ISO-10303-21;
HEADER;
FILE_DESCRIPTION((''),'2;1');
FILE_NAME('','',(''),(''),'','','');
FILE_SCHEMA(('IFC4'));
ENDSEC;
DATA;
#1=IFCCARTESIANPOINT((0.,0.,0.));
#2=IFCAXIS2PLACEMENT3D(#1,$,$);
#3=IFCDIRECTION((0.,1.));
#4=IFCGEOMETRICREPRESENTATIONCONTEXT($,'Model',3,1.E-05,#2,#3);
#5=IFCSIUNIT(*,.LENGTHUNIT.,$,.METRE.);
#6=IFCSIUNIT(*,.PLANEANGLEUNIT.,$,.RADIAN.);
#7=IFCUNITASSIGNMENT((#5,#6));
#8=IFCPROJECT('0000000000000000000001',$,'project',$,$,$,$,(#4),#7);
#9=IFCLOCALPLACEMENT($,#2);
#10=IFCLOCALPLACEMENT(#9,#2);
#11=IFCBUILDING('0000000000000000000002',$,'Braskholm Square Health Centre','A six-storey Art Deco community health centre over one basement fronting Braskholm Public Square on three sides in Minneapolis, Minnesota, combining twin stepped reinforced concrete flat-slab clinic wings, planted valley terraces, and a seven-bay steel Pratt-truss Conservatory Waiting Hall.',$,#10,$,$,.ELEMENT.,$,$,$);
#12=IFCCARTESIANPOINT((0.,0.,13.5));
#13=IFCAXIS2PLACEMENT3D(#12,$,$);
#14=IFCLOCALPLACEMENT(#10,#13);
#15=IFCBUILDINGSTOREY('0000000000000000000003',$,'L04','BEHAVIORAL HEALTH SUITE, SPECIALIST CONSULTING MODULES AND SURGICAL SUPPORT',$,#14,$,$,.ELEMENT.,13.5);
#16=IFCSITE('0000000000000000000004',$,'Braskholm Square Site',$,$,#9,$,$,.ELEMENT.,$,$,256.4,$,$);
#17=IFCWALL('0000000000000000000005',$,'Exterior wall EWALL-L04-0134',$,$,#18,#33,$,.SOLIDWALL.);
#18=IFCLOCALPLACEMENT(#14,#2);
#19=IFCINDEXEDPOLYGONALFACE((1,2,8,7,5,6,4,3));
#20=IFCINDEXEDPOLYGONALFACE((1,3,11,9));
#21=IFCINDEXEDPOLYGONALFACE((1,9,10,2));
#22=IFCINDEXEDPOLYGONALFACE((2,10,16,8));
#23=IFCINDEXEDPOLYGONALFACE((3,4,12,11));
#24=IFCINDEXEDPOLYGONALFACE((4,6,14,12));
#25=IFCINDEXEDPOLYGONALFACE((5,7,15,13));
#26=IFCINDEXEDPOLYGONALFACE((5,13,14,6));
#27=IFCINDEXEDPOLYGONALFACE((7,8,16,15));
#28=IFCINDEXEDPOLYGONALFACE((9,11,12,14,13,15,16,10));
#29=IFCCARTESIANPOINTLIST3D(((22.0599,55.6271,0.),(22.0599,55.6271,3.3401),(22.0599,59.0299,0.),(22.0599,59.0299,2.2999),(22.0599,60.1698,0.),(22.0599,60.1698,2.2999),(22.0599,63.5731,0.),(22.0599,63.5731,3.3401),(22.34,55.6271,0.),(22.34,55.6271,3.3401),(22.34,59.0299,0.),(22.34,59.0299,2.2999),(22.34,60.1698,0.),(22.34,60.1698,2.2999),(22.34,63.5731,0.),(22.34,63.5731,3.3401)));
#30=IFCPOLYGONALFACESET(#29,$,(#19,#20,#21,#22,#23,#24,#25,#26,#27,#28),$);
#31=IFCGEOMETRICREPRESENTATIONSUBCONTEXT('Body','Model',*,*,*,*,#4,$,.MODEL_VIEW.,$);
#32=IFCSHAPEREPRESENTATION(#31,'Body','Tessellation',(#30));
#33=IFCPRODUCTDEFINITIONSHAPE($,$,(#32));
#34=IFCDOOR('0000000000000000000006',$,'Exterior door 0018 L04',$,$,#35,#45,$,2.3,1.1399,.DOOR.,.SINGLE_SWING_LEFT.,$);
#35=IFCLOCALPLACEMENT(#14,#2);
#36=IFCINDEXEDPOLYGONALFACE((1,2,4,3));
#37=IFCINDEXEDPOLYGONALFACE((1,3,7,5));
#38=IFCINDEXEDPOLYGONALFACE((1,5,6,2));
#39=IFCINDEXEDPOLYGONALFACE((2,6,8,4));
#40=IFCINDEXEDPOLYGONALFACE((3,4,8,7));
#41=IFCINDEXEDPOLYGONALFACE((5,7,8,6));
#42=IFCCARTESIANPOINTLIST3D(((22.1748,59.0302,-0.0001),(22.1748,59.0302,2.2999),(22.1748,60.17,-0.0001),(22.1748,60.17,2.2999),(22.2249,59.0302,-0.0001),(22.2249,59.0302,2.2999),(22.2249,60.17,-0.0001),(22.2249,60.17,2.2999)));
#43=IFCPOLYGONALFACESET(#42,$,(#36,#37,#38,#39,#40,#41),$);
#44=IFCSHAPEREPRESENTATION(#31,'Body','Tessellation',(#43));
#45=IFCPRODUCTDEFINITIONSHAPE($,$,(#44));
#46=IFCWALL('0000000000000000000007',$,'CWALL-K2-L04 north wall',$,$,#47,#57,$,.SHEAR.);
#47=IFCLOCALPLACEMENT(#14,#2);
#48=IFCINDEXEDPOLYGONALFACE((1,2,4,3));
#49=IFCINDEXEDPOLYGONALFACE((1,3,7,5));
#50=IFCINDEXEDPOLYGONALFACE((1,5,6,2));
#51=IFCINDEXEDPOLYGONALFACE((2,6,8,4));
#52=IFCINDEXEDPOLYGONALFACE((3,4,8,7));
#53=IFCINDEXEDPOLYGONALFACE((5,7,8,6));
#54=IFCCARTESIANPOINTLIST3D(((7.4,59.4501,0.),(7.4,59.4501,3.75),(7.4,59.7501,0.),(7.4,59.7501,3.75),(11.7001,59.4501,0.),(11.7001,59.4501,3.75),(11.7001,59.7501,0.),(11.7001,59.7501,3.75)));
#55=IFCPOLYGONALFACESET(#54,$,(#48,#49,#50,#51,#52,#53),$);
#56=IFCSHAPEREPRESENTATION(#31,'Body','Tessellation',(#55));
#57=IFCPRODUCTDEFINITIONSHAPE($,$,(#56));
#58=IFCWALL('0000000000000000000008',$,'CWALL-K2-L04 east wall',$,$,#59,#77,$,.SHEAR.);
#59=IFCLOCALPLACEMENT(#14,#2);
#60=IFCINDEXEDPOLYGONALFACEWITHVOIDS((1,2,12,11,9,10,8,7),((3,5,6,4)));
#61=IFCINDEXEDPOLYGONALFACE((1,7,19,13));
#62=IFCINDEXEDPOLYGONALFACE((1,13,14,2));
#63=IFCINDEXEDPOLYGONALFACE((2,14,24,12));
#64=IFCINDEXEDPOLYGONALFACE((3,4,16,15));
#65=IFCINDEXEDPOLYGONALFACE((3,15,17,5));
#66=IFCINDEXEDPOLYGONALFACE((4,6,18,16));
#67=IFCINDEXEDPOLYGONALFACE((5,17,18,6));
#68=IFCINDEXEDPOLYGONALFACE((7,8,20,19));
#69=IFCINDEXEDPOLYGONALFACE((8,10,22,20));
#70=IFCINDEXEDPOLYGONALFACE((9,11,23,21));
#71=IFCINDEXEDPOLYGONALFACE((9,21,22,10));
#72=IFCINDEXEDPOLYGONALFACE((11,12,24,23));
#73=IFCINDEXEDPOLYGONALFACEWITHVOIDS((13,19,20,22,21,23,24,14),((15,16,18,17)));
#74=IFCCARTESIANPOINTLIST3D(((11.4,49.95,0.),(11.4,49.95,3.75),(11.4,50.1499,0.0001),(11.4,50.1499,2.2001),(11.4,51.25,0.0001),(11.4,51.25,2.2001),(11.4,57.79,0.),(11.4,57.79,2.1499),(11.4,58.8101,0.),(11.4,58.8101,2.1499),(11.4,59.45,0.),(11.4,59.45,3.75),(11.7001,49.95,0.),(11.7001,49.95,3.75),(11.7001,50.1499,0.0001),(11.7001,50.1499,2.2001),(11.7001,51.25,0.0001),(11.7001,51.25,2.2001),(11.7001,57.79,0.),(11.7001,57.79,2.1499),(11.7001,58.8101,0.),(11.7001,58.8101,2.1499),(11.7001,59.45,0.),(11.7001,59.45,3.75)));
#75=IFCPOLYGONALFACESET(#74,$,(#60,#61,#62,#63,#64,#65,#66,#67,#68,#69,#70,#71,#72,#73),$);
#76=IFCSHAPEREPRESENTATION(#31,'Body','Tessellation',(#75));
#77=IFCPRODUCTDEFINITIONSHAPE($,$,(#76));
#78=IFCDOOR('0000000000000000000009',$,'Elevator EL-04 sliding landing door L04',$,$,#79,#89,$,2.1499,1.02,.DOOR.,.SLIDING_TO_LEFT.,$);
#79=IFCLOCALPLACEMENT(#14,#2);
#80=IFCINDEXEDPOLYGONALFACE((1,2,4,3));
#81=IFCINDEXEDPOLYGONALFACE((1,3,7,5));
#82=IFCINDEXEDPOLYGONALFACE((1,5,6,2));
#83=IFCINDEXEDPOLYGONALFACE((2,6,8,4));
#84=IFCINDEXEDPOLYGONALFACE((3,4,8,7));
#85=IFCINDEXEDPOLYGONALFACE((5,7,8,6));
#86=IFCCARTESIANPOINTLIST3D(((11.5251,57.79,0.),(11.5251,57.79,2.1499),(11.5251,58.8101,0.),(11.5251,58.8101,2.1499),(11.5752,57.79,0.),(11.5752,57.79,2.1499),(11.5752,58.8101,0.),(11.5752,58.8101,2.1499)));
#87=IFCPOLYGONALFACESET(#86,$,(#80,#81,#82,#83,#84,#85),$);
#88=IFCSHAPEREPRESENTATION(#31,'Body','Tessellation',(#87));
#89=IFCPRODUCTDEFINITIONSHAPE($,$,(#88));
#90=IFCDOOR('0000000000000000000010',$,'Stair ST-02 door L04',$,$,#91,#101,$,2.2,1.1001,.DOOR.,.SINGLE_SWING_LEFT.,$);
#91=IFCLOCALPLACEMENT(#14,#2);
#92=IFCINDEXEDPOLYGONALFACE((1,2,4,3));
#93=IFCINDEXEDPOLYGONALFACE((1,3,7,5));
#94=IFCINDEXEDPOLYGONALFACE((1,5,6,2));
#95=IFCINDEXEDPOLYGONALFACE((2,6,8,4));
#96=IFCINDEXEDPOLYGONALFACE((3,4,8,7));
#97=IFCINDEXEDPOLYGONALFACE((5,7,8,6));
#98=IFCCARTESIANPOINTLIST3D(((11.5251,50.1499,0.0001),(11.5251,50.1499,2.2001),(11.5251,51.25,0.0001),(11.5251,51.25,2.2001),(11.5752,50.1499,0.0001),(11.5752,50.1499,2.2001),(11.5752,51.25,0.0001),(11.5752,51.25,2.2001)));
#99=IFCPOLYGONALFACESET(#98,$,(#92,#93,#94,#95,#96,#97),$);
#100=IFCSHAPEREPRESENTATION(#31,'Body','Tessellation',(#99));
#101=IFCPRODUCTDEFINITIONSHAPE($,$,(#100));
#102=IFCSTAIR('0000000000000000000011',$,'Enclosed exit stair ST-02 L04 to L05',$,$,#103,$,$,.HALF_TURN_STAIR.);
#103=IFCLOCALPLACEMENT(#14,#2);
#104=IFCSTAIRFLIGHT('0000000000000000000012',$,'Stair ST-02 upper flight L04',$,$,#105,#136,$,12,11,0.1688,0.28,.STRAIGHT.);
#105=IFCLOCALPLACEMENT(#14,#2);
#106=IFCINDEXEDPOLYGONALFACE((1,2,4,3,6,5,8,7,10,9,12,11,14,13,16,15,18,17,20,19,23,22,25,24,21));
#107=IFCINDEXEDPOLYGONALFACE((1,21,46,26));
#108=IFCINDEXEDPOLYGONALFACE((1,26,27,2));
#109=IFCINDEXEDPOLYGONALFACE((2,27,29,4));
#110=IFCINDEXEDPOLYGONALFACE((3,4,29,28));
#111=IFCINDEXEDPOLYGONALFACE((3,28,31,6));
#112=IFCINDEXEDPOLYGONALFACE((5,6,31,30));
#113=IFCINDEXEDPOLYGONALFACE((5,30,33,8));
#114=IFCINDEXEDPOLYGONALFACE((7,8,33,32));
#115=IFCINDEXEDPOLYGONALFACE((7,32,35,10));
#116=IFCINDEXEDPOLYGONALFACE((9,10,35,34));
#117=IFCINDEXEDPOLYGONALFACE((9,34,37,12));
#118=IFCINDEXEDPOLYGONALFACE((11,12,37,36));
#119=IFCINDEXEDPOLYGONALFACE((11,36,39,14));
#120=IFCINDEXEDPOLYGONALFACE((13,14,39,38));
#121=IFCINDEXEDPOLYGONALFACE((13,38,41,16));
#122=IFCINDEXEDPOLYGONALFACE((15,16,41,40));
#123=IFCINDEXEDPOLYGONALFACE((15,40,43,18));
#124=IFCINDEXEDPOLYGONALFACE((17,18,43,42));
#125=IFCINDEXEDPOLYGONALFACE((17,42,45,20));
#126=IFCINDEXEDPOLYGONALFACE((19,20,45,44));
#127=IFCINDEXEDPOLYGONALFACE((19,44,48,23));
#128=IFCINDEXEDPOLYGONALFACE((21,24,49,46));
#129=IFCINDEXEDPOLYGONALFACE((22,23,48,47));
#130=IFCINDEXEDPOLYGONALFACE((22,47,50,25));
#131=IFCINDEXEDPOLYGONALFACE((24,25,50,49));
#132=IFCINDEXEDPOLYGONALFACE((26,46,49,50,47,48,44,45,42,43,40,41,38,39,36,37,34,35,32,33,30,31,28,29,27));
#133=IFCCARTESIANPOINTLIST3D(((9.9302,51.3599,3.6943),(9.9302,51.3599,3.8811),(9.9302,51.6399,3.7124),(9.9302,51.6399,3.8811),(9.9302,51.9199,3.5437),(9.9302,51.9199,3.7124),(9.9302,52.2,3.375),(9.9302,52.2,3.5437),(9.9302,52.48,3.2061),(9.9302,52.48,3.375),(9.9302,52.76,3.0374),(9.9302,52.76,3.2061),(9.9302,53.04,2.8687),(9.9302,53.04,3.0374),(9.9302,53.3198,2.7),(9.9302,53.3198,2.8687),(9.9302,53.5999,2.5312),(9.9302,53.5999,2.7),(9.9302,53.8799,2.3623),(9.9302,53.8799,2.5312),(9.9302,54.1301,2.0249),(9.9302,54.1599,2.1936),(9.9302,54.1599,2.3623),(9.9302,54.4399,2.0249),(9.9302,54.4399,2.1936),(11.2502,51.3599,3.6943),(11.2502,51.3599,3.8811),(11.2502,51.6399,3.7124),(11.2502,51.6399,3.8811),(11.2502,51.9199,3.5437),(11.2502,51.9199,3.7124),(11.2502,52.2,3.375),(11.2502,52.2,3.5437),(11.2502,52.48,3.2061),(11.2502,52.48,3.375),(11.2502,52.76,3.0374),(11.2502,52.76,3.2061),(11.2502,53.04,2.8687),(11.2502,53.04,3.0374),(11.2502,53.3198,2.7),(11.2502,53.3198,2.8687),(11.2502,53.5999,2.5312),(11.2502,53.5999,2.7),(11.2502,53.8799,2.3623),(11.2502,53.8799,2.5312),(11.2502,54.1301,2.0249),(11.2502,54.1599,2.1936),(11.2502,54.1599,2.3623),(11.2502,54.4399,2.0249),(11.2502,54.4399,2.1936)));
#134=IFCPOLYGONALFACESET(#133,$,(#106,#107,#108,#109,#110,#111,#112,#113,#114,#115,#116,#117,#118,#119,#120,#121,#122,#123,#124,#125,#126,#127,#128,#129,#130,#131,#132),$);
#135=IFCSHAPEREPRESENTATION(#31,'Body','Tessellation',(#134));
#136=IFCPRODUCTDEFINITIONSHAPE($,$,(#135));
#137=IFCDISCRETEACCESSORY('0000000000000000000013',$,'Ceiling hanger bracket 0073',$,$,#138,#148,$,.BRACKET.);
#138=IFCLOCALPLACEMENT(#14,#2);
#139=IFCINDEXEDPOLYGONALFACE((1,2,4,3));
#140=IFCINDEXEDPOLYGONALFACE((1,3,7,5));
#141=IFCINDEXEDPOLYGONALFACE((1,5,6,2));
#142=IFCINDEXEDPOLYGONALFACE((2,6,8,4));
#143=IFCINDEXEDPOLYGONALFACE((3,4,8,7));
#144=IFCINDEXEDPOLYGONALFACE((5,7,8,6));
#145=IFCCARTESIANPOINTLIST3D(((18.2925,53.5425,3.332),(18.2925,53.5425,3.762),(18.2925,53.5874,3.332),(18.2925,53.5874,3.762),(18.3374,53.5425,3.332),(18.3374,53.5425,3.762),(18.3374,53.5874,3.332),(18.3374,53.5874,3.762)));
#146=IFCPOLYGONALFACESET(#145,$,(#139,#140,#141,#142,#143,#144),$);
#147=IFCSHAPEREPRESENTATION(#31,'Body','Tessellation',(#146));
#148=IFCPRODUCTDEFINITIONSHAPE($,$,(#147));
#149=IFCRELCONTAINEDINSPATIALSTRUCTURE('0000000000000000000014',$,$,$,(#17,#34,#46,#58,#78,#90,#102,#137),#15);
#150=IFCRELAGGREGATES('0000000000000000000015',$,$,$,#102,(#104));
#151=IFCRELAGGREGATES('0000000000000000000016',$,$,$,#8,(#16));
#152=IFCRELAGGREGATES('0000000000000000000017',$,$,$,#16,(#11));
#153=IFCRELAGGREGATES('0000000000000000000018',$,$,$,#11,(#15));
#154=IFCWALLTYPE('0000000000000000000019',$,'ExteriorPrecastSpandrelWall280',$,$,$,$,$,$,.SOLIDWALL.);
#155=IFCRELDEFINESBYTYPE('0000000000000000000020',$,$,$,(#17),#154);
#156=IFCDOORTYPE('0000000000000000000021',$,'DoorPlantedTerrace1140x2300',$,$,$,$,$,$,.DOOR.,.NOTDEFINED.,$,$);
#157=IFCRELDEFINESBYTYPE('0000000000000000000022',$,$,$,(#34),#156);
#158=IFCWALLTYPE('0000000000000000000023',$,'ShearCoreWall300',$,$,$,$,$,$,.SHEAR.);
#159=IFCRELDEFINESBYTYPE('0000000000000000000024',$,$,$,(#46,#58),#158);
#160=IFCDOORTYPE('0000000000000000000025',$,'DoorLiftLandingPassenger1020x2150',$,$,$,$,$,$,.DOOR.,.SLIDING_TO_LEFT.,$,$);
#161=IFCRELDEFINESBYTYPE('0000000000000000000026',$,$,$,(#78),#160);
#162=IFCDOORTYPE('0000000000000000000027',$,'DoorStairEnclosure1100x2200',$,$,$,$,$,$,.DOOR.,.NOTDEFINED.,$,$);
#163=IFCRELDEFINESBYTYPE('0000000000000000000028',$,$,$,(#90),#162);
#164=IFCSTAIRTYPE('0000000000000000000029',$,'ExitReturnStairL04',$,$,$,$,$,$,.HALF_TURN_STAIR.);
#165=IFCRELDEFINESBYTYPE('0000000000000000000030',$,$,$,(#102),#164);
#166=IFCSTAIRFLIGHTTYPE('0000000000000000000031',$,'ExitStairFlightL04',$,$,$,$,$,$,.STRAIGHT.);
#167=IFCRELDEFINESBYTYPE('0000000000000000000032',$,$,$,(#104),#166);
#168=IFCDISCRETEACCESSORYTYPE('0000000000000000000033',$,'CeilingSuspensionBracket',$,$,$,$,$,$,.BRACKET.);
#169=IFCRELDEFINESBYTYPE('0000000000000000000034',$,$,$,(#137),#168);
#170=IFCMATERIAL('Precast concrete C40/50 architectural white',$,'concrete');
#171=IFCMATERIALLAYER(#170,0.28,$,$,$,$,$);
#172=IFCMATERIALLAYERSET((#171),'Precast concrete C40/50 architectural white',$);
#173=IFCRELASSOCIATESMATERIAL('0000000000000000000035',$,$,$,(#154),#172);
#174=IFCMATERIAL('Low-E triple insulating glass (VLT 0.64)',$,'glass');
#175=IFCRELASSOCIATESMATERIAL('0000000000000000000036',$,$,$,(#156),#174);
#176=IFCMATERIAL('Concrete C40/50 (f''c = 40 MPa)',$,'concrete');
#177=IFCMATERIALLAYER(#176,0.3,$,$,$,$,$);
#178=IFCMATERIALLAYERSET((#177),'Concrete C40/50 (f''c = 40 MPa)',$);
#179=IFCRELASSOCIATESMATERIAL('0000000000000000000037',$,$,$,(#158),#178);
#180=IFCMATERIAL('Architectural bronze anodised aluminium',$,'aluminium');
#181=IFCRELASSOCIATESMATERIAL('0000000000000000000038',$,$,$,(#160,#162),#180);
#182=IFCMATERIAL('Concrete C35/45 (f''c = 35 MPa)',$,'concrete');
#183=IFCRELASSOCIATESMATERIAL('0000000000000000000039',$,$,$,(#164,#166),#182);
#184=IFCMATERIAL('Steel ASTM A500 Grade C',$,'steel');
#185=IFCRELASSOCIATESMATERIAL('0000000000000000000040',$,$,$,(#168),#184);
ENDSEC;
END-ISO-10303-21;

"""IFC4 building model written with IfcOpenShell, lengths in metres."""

from ifc_helpers import new_model, si_unit, direction, frame, frame_2d, origin, origin_with_axes, origin_2d, place, context, subcontext, project, spatial, polyline, rectangle, outline, extrude, material, layer, layer_set, type_object, element, fill, aggregate, save


model = new_model("IFC4")

# Units and contexts
model_context = context("Model", 3, precision=1e-05, world=origin(), true_north=direction((0.0, 1.0)))
body_context = subcontext(model_context, "Body", "Model", "MODEL_VIEW")
ifc_project = project(units=[si_unit("LENGTHUNIT", "METRE"), si_unit("PLANEANGLEUNIT", "RADIAN")], contexts=[model_context])

# Site, building, storey
site_placement = place(None, origin())
site = spatial("IfcSite", under=ifc_project, at=site_placement, Name="Braskholm Square Site", CompositionType="ELEMENT", RefElevation=256.4)
building_placement = place(site_placement, origin())
building = spatial("IfcBuilding", under=site, at=building_placement, Name="Braskholm Square Health Centre", Description="A six-storey Art Deco community health centre over one basement fronting Braskholm Public Square on three sides in Minneapolis, Minnesota, combining twin stepped reinforced concrete flat-slab clinic wings, planted valley terraces, and a seven-bay steel Pratt-truss Conservatory Waiting Hall.", CompositionType="ELEMENT")
storey_placement = place(building_placement, frame((0.0, 0.0, 13.5)))
storey = spatial("IfcBuildingStorey", under=building, at=storey_placement, Name="L04", Description="BEHAVIORAL HEALTH SUITE, SPECIALIST CONSULTING MODULES AND SURGICAL SUPPORT", CompositionType="ELEMENT", Elevation=13.5)

# Shared definitions
ifc_material_1 = material(Name="Concrete C40/50 (f'c = 40 MPa)", Category="concrete")

# Shared definitions
ifc_material_2 = material(Name="Concrete C35/45 (f'c = 35 MPa)", Category="concrete")
ifc_material_3 = material(Name="Precast concrete C40/50 architectural white", Category="concrete")

# Wall, opening, door
ifc_material_4 = material(Name="Architectural bronze anodised aluminium", Category="aluminium")
ifc_layer_1 = layer(ifc_material_3, 0.28)
ifc_layer_set_1 = layer_set([ifc_layer_1], Name="Precast concrete C40/50 architectural white")
wall_type_1 = type_object("IfcWallType", Name="ExteriorPrecastSpandrelWall280", PredefinedType="SOLIDWALL", material=ifc_layer_set_1)
wall_1_placement = place(storey_placement, frame((22.2, 55.627, 0.0), z_axis=(0.0, 0.0, 1.0), x_axis=(0.0, 1.0, 0.0)))
wall_1 = element("IfcWall", 1, at=wall_1_placement, inside=storey, type_object=wall_type_1, Name="Exterior wall EWALL-L04-0134", PredefinedType="SOLIDWALL", context=body_context, shape_type="SweptSolid", body=[
    extrude(rectangle(XDim=7.946, YDim=0.28, at=frame_2d((3.9731, 0.0))), origin(), (0.0, 0.0, 1.0), 3.3401),
])
opening_1_placement = place(wall_1_placement, frame((3.4031, 0.0, 0.0)))
opening_1 = element("IfcOpeningElement", 2, at=opening_1_placement, cuts=wall_1, PredefinedType="OPENING", context=body_context, shape_type="SweptSolid", body=[
    extrude(rectangle(XDim=1.1399, YDim=2.3, at=frame_2d((0.5698, 1.1499))), frame((0.0, 0.1499, 0.0), z_axis=(0.0, -1.0, 0.0), x_axis=(1.0, 0.0, 0.0)), (0.0, 0.0, 1.0), 0.3),
])
ifc_material_5 = material(Name="Low-E triple insulating glass (VLT 0.64)", Category="glass")
door_type_1 = type_object("IfcDoorType", Name="DoorPlantedTerrace1140x2300", OperationType="NOTDEFINED", PredefinedType="DOOR", material=ifc_material_5)
door_1_placement = place(opening_1_placement, frame((1.1399, 0.0, 0.0), z_axis=(0.0, 0.0, 1.0), x_axis=(-1.0, 0.0, 0.0)))
door_1 = element("IfcDoor", 3, at=door_1_placement, inside=storey, type_object=door_type_1, Name="Exterior door 0018 L04", OperationType="SINGLE_SWING_LEFT", OverallHeight=2.3, OverallWidth=1.1399, PredefinedType="DOOR", context=body_context, shape_type="SweptSolid", body=[
    extrude(rectangle(XDim=1.1399, YDim=2.3, at=frame_2d((0.5698, 1.1499))), frame((0.0, 0.0249, 0.0), z_axis=(0.0, -1.0, 0.0), x_axis=(1.0, 0.0, 0.0)), (0.0, 0.0, 1.0), 0.05),
])
fill(opening_1, door_1)

# Wall
ifc_layer_2 = layer(ifc_material_1, 0.3)
ifc_layer_set_2 = layer_set([ifc_layer_2], Name="Concrete C40/50 (f'c = 40 MPa)")
wall_type_2 = type_object("IfcWallType", Name="ShearCoreWall300", PredefinedType="SHEAR", material=ifc_layer_set_2)
wall_2_placement = place(storey_placement, frame((11.7, 59.6001, 0.0), z_axis=(0.0, 0.0, 1.0), x_axis=(-1.0, 0.0, 0.0)))
element("IfcWall", 4, at=wall_2_placement, inside=storey, type_object=wall_type_2, Name="CWALL-K2-L04 north wall", PredefinedType="SHEAR", context=body_context, shape_type="SweptSolid", body=[
    extrude(rectangle(XDim=4.3, YDim=0.3, at=frame_2d((2.1499, 0.0))), origin(), (0.0, 0.0, 1.0), 3.75),
])

# Wall, openings, doors
wall_3_placement = place(storey_placement, frame((11.55, 49.95, 0.0), z_axis=(0.0, 0.0, 1.0), x_axis=(0.0, 1.0, 0.0)))
wall_3 = element("IfcWall", 5, at=wall_3_placement, inside=storey, type_object=wall_type_2, Name="CWALL-K2-L04 east wall", PredefinedType="SHEAR", context=body_context, shape_type="SweptSolid", body=[
    extrude(rectangle(XDim=9.5, YDim=0.3, at=frame_2d((4.75, 0.0))), origin(), (0.0, 0.0, 1.0), 3.75),
])
opening_2_placement = place(wall_3_placement, frame((0.2, 0.0, 0.0)))
opening_2 = element("IfcOpeningElement", 6, at=opening_2_placement, cuts=wall_3, PredefinedType="OPENING", context=body_context, shape_type="SweptSolid", body=[
    extrude(rectangle(XDim=1.1001, YDim=2.2, at=frame_2d((0.55, 1.1001))), frame((0.0, 0.1602, 0.0), z_axis=(0.0, -1.0, 0.0), x_axis=(1.0, 0.0, 0.0)), (0.0, 0.0, 1.0), 0.3201),
])
opening_3_placement = place(wall_3_placement, frame((7.8401, 0.0, 0.0)))
opening_3 = element("IfcOpeningElement", 7, at=opening_3_placement, cuts=wall_3, PredefinedType="OPENING", context=body_context, shape_type="SweptSolid", body=[
    extrude(rectangle(XDim=1.02, YDim=2.1499, at=frame_2d((0.51, 1.075))), frame((0.0, 0.1602, 0.0), z_axis=(0.0, -1.0, 0.0), x_axis=(1.0, 0.0, 0.0)), (0.0, 0.0, 1.0), 0.3201),
])
door_type_2 = type_object("IfcDoorType", Name="DoorLiftLandingPassenger1020x2150", OperationType="SLIDING_TO_LEFT", PredefinedType="DOOR", material=ifc_material_4)
door_2_placement = place(opening_3_placement, origin_with_axes())
door_2 = element("IfcDoor", 8, at=door_2_placement, inside=storey, type_object=door_type_2, Name="Elevator EL-04 sliding landing door L04", OperationType="SLIDING_TO_LEFT", OverallHeight=2.1499, OverallWidth=1.02, PredefinedType="DOOR", context=body_context, shape_type="SweptSolid", body=[
    extrude(rectangle(XDim=1.02, YDim=2.1499, at=frame_2d((0.51, 1.075))), frame((0.0, 0.0249, 0.0), z_axis=(0.0, -1.0, 0.0), x_axis=(1.0, 0.0, 0.0)), (0.0, 0.0, 1.0), 0.05),
])
fill(opening_3, door_2)
door_type_3 = type_object("IfcDoorType", Name="DoorStairEnclosure1100x2200", OperationType="NOTDEFINED", PredefinedType="DOOR", material=ifc_material_4)
door_3_placement = place(opening_2_placement, origin_with_axes())
door_3 = element("IfcDoor", 9, at=door_3_placement, inside=storey, type_object=door_type_3, Name="Stair ST-02 door L04", OperationType="SINGLE_SWING_LEFT", OverallHeight=2.2, OverallWidth=1.1001, PredefinedType="DOOR", context=body_context, shape_type="SweptSolid", body=[
    extrude(rectangle(XDim=1.1001, YDim=2.2, at=frame_2d((0.55, 1.1001))), frame((0.0, 0.0249, 0.0), z_axis=(0.0, -1.0, 0.0), x_axis=(1.0, 0.0, 0.0)), (0.0, 0.0, 1.0), 0.05),
])
fill(opening_2, door_3)

# Stair, stair flight
stair_type = type_object("IfcStairType", Name="ExitReturnStairL04", PredefinedType="HALF_TURN_STAIR", material=ifc_material_2)
stair_placement = place(storey_placement, origin())
stair = element("IfcStair", 10, at=stair_placement, inside=storey, type_object=stair_type, Name="Enclosed exit stair ST-02 L04 to L05", PredefinedType="HALF_TURN_STAIR")
stair_flight_type = type_object("IfcStairFlightType", Name="ExitStairFlightL04", PredefinedType="STRAIGHT", material=ifc_material_2)
stair_flight_placement = place(storey_placement, frame((10.5901, 54.4399, 2.0249), z_axis=(0.0, 0.0, 1.0), x_axis=(0.0, -1.0, 0.0)))
stair_flight = element("IfcStairFlight", 11, at=stair_flight_placement, type_object=stair_flight_type, Name="Stair ST-02 upper flight L04", NumberOfRisers=12, NumberOfTreads=11, PredefinedType="STRAIGHT", RiserHeight=0.1688, TreadLength=0.28, context=body_context, shape_type="SweptSolid", body=[
    extrude(outline(polyline([(0.0, 0.0), (0.0, 0.1687), (0.28, 0.1687), (0.28, 0.3374), (0.5601, 0.3374), (0.5601, 0.5063), (0.8401, 0.5063), (0.8401, 0.675), (1.1201, 0.675), (1.1201, 0.8438), (1.3999, 0.8438), (1.3999, 1.0125), (1.6799, 1.0125), (1.6799, 1.1812), (1.96, 1.1812), (1.96, 1.3501), (2.24, 1.3501), (2.24, 1.5188), (2.52, 1.5188), (2.52, 1.6875), (2.8, 1.6875), (2.8, 1.8562), (3.0801, 1.8562), (3.0801, 2.0249), (3.0801, 1.6694), (0.3098, 0.0), (0.0, 0.0)])), frame((0.0, 0.6602, 0.0), z_axis=(0.0, -1.0, 0.0), x_axis=(1.0, 0.0, 0.0)), (0.0, 0.0, 1.0), 1.3201),
])
aggregate(stair, [stair_flight])

# Discrete accessory
ifc_material_6 = material(Name="Steel ASTM A500 Grade C", Category="steel")
discrete_accessory_type = type_object("IfcDiscreteAccessoryType", Name="CeilingSuspensionBracket", PredefinedType="BRACKET", material=ifc_material_6)
discrete_accessory_placement = place(storey_placement, frame((18.3149, 53.5649, 3.332), z_axis=(0.0, 0.0, 1.0), x_axis=(1.0, 0.0, 0.0)))
element("IfcDiscreteAccessory", 12, at=discrete_accessory_placement, inside=storey, type_object=discrete_accessory_type, Name="Ceiling hanger bracket 0073", PredefinedType="BRACKET", context=body_context, shape_type="SweptSolid", body=[
    extrude(rectangle(XDim=0.0449, YDim=0.0449, at=origin_2d()), origin(), (0.0, 0.0, 1.0), 0.4299),
])

save(model, "model.ifc")
